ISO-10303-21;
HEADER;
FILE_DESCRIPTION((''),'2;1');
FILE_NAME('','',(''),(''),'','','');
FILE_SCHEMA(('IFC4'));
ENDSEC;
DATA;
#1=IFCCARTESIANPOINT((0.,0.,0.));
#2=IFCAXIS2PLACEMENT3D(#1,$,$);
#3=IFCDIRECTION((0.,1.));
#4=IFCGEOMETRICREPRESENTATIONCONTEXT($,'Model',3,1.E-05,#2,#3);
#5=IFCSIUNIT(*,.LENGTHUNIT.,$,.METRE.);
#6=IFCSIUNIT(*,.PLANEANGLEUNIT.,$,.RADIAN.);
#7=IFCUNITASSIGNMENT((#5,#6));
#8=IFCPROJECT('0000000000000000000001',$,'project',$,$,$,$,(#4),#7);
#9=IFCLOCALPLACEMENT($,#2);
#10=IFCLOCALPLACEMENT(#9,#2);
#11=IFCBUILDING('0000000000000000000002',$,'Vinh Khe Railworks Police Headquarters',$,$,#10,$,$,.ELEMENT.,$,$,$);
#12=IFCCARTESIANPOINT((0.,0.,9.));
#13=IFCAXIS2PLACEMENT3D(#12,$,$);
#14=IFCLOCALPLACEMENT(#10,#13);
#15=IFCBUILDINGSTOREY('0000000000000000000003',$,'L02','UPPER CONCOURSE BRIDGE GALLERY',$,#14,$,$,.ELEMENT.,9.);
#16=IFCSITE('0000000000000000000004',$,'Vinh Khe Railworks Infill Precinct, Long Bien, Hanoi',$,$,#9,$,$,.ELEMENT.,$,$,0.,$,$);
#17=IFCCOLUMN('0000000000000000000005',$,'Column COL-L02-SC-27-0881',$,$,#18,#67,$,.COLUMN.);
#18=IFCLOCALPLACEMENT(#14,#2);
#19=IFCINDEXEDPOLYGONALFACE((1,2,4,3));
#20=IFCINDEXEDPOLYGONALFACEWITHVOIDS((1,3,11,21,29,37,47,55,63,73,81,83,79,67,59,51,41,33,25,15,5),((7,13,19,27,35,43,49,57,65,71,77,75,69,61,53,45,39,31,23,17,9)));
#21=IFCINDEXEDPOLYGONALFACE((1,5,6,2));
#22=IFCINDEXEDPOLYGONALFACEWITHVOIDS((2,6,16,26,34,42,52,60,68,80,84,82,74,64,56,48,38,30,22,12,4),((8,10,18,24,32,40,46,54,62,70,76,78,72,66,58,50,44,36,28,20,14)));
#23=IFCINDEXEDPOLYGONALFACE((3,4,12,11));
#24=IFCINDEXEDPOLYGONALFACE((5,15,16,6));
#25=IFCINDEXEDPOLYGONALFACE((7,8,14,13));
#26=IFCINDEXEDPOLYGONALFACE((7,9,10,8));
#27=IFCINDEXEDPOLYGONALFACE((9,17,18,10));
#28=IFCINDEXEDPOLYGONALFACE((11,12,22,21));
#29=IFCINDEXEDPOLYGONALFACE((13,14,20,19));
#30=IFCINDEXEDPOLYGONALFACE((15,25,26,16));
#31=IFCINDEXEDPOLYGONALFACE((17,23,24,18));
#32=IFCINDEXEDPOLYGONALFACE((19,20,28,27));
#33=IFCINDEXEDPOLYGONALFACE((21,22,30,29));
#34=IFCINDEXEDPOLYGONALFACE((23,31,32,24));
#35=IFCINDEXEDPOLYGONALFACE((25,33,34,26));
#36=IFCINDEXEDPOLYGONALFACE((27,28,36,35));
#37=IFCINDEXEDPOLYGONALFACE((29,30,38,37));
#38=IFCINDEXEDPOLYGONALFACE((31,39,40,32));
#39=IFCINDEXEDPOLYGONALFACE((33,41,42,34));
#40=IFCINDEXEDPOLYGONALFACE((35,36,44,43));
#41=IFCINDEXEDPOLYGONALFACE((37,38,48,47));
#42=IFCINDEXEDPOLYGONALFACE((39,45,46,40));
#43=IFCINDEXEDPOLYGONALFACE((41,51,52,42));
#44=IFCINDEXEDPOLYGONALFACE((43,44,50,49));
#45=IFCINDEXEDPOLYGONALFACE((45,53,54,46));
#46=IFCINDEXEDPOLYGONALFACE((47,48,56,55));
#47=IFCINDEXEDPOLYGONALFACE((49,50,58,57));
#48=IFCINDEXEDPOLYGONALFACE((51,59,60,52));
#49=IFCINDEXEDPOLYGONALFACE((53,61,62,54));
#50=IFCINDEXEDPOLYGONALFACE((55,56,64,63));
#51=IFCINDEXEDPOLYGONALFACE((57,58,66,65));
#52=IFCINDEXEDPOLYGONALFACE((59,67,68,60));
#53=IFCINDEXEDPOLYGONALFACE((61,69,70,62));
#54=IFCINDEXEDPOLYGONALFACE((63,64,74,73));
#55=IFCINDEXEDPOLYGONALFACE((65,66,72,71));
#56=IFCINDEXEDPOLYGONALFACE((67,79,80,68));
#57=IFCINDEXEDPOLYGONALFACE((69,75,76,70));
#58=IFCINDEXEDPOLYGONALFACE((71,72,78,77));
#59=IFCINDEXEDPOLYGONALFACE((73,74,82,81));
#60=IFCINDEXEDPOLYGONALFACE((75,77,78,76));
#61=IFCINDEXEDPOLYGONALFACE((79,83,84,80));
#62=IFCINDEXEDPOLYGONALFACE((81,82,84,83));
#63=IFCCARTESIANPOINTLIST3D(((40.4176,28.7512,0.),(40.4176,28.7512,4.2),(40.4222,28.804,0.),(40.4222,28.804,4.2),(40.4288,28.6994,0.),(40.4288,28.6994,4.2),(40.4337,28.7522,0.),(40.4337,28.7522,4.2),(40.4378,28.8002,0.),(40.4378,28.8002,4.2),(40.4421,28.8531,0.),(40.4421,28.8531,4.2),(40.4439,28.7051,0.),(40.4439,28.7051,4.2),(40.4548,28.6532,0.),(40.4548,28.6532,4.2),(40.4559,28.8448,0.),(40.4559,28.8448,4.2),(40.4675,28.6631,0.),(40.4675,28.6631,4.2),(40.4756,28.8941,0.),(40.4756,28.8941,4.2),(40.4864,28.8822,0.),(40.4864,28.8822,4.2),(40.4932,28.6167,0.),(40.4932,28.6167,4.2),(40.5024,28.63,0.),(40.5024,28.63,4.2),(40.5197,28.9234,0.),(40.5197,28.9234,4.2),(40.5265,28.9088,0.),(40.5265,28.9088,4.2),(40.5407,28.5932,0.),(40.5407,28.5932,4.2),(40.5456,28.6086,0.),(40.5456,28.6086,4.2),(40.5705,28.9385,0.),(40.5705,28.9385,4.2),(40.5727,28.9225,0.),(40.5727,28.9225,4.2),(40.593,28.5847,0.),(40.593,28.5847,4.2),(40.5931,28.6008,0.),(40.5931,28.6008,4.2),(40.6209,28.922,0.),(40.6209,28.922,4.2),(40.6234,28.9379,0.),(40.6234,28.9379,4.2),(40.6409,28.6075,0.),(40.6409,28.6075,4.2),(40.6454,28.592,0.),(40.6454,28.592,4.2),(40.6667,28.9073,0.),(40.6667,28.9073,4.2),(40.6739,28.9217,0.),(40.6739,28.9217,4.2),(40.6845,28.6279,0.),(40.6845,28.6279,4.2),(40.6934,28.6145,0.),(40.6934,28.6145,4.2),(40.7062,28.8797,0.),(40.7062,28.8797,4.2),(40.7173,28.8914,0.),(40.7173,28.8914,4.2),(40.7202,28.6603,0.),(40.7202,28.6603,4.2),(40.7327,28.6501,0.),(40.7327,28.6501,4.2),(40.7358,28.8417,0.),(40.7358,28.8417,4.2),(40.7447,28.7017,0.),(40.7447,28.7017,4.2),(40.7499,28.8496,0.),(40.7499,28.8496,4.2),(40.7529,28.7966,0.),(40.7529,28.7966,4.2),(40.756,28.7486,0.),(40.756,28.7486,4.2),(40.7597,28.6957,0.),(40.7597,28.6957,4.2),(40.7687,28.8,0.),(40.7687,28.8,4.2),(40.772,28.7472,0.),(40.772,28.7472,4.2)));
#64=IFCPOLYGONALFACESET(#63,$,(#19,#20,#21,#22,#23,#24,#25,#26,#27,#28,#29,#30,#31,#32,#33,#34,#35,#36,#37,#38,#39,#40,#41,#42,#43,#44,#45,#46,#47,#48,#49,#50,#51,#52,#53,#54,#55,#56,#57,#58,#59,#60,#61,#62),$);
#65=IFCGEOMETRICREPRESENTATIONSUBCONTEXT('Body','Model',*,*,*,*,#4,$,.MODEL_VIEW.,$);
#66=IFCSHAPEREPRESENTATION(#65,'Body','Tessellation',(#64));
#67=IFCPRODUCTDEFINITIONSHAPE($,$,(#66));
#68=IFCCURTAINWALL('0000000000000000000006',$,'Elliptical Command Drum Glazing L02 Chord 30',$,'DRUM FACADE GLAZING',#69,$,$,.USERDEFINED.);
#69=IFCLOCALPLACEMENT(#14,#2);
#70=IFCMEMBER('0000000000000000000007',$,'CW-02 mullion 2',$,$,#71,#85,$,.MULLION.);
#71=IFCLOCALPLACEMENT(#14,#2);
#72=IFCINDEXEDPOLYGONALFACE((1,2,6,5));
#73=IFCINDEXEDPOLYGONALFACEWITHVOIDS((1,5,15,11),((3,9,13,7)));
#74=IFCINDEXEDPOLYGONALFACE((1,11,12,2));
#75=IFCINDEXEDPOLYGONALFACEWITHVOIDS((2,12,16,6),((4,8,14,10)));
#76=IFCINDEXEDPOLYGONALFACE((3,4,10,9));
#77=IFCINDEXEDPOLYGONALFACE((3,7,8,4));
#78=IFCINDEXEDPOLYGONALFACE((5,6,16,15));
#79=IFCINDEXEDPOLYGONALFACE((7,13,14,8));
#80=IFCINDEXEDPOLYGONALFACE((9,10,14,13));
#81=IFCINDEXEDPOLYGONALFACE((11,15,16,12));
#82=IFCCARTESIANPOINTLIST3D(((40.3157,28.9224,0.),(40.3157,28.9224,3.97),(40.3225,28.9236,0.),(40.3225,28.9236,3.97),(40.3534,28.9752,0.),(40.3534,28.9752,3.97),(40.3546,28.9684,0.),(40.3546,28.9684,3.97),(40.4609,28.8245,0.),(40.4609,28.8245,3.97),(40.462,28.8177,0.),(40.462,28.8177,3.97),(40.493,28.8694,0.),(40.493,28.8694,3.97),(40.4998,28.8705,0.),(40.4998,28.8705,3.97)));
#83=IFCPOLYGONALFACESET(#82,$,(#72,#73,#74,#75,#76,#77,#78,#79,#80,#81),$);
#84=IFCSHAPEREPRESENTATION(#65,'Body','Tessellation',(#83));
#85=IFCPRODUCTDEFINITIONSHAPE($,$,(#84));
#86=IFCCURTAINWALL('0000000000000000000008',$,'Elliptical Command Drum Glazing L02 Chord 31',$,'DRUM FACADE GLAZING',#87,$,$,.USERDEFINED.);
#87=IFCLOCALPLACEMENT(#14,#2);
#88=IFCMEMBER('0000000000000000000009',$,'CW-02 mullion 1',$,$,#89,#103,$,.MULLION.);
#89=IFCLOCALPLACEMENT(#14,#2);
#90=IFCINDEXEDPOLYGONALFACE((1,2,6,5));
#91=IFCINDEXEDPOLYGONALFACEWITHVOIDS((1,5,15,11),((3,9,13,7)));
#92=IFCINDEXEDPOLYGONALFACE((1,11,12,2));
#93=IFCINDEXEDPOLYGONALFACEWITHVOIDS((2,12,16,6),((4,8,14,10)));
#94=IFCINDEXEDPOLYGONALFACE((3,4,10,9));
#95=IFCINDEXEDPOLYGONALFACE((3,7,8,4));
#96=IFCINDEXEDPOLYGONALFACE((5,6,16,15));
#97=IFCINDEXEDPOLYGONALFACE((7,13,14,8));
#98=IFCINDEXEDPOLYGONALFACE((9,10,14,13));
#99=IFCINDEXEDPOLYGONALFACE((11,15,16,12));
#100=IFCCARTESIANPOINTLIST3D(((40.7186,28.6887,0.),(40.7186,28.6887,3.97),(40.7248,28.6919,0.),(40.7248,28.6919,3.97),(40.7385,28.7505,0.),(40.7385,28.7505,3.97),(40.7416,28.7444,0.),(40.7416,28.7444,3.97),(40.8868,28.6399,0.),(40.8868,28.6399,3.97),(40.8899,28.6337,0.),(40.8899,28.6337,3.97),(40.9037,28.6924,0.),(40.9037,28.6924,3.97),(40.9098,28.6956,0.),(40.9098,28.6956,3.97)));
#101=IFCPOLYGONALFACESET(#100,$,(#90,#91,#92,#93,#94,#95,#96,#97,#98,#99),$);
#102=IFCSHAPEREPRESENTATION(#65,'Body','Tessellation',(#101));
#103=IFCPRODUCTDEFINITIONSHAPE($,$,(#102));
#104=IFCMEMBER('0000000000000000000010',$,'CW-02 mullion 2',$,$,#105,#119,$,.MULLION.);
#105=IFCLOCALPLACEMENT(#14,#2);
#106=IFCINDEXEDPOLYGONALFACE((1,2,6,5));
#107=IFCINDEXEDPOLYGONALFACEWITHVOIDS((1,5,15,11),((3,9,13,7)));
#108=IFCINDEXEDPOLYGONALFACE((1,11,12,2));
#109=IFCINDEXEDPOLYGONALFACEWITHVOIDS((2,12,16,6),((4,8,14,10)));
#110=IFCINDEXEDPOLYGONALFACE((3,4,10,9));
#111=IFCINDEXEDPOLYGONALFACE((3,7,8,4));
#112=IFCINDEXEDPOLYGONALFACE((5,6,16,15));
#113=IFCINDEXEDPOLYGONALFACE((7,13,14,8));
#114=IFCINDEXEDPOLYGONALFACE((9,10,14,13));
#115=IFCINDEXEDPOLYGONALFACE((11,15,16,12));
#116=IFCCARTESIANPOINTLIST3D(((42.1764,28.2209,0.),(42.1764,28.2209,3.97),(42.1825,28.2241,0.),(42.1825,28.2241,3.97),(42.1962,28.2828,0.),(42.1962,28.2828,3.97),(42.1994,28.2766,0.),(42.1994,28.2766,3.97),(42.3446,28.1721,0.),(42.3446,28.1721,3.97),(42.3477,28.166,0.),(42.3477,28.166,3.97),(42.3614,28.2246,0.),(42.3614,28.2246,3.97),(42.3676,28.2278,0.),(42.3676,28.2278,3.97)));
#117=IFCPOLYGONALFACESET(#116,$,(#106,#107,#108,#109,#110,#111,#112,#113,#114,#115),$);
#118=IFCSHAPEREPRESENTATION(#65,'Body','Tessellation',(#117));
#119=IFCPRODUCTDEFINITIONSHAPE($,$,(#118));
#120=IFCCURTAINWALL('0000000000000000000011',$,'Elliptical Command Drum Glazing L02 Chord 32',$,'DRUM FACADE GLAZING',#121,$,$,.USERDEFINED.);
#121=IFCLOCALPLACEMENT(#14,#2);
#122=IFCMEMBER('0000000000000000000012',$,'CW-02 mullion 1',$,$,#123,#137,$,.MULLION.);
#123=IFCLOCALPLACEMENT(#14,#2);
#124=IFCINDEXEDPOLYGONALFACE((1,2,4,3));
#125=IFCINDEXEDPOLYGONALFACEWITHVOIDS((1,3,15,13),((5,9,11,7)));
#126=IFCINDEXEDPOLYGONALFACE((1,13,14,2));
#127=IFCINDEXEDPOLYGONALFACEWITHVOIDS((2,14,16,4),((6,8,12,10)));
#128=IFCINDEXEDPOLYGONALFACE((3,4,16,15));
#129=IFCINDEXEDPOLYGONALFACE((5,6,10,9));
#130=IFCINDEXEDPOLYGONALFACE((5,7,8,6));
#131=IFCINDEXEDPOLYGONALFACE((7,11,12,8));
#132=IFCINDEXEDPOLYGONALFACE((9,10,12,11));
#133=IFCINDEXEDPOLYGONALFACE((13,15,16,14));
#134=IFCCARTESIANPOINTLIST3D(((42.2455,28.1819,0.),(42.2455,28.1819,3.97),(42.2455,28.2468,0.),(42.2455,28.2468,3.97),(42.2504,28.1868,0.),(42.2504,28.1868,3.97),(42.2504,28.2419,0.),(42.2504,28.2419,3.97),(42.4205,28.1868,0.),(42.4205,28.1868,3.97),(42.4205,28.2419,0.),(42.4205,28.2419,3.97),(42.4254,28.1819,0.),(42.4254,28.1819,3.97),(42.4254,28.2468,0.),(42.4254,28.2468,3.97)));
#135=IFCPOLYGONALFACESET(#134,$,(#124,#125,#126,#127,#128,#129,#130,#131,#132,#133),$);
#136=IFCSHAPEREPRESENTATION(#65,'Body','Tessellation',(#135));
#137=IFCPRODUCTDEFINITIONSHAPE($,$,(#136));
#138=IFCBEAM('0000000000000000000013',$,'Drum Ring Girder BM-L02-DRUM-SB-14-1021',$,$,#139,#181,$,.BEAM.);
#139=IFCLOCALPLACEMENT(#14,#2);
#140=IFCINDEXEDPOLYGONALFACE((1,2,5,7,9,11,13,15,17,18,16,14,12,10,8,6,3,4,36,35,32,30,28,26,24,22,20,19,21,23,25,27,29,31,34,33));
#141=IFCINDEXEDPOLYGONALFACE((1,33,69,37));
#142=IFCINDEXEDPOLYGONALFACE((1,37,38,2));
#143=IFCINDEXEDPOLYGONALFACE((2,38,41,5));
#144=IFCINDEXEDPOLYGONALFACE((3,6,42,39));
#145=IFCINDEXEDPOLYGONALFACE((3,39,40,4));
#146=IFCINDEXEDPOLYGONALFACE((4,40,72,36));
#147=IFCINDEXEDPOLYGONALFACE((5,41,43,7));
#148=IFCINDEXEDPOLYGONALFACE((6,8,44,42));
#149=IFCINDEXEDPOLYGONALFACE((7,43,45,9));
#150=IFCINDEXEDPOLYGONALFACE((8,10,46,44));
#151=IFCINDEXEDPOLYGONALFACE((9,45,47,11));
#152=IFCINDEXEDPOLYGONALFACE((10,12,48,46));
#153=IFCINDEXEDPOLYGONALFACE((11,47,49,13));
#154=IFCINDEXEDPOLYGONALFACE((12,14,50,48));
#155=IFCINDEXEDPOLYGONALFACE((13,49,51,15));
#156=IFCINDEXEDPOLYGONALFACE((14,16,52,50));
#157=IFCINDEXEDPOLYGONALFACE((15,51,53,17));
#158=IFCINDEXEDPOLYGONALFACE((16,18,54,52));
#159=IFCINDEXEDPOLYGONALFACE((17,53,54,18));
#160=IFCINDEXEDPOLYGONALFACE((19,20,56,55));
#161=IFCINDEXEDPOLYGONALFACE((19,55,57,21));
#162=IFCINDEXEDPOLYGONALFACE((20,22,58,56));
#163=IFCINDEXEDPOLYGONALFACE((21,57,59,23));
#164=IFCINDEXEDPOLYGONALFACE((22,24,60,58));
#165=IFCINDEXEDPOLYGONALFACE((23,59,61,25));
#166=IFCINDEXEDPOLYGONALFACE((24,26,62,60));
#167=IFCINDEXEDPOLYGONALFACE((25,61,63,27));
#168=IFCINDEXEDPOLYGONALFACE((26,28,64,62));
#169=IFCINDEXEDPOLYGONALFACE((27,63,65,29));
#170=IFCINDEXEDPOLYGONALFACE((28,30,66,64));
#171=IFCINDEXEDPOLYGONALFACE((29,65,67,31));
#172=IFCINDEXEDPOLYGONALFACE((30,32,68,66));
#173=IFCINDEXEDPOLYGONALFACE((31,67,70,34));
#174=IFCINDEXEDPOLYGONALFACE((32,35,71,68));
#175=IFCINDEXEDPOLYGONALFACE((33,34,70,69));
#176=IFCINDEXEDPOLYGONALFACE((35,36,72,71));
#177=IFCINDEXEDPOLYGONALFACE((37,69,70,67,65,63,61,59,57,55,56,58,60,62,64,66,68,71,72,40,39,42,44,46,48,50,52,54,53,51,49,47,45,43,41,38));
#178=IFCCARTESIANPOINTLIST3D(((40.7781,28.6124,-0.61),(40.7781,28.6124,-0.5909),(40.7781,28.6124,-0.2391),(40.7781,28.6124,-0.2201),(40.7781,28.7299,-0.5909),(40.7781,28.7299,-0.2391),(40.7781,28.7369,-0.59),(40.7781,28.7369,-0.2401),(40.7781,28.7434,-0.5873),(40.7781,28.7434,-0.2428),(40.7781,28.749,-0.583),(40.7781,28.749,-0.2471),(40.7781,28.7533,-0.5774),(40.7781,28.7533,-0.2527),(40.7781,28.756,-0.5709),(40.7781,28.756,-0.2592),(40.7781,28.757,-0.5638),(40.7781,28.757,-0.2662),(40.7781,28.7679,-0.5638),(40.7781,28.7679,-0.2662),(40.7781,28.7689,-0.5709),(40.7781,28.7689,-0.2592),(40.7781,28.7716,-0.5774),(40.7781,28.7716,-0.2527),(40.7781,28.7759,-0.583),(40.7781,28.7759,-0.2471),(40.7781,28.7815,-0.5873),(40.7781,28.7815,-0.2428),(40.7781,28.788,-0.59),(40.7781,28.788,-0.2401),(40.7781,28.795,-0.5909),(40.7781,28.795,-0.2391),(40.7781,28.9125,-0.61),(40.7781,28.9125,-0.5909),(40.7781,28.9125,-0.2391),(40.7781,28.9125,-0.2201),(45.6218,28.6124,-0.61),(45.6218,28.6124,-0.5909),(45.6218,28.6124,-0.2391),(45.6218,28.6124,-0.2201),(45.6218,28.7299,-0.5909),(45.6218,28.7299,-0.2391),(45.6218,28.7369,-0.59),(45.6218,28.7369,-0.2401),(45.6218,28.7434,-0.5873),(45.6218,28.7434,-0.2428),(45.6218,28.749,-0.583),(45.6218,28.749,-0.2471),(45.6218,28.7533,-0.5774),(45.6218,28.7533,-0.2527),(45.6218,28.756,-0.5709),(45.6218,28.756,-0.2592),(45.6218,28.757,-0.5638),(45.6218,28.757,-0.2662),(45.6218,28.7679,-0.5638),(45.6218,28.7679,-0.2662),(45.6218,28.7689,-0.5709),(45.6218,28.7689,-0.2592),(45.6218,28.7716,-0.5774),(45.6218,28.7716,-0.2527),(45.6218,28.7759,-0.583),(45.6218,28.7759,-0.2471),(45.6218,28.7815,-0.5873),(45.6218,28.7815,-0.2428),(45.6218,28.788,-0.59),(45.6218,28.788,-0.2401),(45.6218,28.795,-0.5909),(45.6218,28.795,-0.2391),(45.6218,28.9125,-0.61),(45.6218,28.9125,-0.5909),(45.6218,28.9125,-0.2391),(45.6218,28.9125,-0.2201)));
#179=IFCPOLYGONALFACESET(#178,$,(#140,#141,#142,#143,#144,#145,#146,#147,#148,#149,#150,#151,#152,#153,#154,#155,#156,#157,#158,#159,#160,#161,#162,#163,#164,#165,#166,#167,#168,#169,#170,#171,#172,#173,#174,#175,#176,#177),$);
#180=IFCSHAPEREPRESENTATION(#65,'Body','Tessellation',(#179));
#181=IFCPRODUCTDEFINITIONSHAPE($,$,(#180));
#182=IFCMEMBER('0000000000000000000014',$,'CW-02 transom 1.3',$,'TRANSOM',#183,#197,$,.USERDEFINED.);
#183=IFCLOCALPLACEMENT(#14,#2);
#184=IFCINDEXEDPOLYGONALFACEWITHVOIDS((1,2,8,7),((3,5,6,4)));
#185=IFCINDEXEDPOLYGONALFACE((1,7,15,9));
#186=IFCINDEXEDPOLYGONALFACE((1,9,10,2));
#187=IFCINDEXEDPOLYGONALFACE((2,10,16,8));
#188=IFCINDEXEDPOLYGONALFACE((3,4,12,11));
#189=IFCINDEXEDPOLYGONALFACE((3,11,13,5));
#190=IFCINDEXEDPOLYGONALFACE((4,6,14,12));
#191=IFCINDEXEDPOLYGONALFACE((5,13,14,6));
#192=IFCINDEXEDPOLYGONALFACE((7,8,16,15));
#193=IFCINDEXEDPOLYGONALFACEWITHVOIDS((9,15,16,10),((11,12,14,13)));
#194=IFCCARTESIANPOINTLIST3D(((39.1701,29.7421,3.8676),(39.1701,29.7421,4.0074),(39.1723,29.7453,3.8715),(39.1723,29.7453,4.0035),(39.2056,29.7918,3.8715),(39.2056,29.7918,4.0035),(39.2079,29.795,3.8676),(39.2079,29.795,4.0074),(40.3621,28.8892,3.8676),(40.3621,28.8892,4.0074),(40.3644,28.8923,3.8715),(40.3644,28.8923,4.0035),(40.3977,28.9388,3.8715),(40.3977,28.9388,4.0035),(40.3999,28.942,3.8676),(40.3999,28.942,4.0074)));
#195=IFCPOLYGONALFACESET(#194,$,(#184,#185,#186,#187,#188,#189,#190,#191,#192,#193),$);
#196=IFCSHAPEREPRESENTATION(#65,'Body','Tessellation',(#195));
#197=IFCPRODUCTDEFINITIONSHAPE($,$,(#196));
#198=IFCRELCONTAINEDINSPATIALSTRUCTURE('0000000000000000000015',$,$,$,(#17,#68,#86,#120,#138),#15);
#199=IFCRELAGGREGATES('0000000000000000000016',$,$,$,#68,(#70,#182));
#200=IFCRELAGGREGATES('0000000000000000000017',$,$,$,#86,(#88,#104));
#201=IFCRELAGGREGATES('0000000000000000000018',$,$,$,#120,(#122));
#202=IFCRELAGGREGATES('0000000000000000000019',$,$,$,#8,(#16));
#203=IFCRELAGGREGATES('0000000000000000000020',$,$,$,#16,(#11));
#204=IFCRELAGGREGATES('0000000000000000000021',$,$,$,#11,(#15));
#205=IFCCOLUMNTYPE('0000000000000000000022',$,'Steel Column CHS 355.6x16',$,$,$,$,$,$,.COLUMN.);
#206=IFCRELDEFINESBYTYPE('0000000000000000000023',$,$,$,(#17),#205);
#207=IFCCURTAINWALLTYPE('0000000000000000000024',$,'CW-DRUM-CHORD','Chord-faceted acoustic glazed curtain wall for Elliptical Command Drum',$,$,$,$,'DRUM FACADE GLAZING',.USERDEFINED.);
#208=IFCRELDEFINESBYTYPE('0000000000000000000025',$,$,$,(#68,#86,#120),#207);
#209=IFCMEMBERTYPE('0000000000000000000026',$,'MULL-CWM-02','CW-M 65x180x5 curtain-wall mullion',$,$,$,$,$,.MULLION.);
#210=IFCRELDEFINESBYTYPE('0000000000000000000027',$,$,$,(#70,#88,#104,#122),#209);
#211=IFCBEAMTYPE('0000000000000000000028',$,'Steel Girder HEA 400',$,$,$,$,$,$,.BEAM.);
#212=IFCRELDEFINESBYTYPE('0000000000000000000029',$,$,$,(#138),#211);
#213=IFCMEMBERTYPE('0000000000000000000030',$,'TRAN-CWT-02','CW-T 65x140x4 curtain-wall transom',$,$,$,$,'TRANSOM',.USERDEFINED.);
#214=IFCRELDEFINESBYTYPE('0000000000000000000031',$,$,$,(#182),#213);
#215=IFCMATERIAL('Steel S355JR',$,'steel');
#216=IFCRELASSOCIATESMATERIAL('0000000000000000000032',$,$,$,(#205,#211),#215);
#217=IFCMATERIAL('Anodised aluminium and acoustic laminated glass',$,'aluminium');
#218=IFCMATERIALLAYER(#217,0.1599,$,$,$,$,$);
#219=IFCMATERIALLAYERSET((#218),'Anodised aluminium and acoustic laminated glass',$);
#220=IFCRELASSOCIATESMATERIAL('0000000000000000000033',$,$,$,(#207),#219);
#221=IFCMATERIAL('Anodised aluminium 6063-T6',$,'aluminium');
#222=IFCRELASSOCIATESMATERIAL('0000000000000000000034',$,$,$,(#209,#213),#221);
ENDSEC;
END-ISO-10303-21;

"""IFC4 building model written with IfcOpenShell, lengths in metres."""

from ifc_helpers import new_model, si_unit, direction, frame, origin, origin_2d, place, context, subcontext, project, spatial, hollow_rectangle, hollow_circle, i_section, extrude, material, layer, layer_set, material_profile, profile_set, type_object, element, aggregate, save


model = new_model("IFC4")

# Units and contexts
model_context = context("Model", 3, precision=1e-05, world=origin(), true_north=direction((0.0, 1.0)))
body_context = subcontext(model_context, "Body", "Model", "MODEL_VIEW")
ifc_project = project(units=[si_unit("LENGTHUNIT", "METRE"), si_unit("PLANEANGLEUNIT", "RADIAN")], contexts=[model_context])

# Site, building, storey
site_placement = place(None, origin())
site = spatial("IfcSite", under=ifc_project, at=site_placement, Name="Vinh Khe Railworks Infill Precinct, Long Bien, Hanoi", CompositionType="ELEMENT", RefElevation=0.0)
building_placement = place(site_placement, origin())
building = spatial("IfcBuilding", under=site, at=building_placement, Name="Vinh Khe Railworks Police Headquarters", CompositionType="ELEMENT")
storey_placement = place(building_placement, frame((0.0, 0.0, 9.0)))
storey = spatial("IfcBuildingStorey", under=building, at=storey_placement, Name="L02", Description="UPPER CONCOURSE BRIDGE GALLERY", CompositionType="ELEMENT", Elevation=9.0)

# Column
ifc_material_1 = material(Name="Steel S355JR", Category="steel")
ifc_material_profile_1 = material_profile(ifc_material_1, hollow_circle(Radius=0.1777, WallThickness=0.0161, at=origin_2d()), Name="CHS 355.6x16")
ifc_profile_set_1 = profile_set([ifc_material_profile_1], Name="Steel S355JR")
column_type = type_object("IfcColumnType", Name="Steel Column CHS 355.6x16", PredefinedType="COLUMN", material=ifc_profile_set_1)
column_placement = place(storey_placement, frame((40.595, 28.7625, 0.0), z_axis=(0.0, 0.0, 1.0), x_axis=(-0.305529, -0.952183, 0.0)))
element("IfcColumn", 1, at=column_placement, inside=storey, type_object=column_type, Name="Column COL-L02-SC-27-0881", PredefinedType="COLUMN", context=body_context, shape_type="SweptSolid", body=[
    extrude(hollow_circle(Radius=0.1777, WallThickness=0.0161, at=origin_2d()), origin(), (0.0, 0.0, 1.0), 4.2),
])

# Curtain wall, member
ifc_material_2 = material(Name="Anodised aluminium and acoustic laminated glass", Category="aluminium")
ifc_layer_1 = layer(ifc_material_2, 0.1599)
ifc_layer_set_1 = layer_set([ifc_layer_1], Name="Anodised aluminium and acoustic laminated glass")
curtain_wall_type = type_object("IfcCurtainWallType", Name="CW-DRUM-CHORD", Description="Chord-faceted acoustic glazed curtain wall for Elliptical Command Drum", ElementType="DRUM FACADE GLAZING", PredefinedType="USERDEFINED", material=ifc_layer_set_1)
curtain_wall_1_placement = place(storey_placement, origin())
curtain_wall_1 = element("IfcCurtainWall", 2, at=curtain_wall_1_placement, inside=storey, type_object=curtain_wall_type, Name="Elliptical Command Drum Glazing L02 Chord 30", ObjectType="DRUM FACADE GLAZING", PredefinedType="USERDEFINED")
ifc_material_3 = material(Name="Anodised aluminium 6063-T6", Category="aluminium")
ifc_material_profile_2 = material_profile(ifc_material_3, hollow_rectangle(XDim=0.0649, YDim=0.1799, WallThickness=0.0049, at=origin_2d()), Name="CW-M 65x180x5")
ifc_profile_set_2 = profile_set([ifc_material_profile_2], Name="Anodised aluminium 6063-T6")
member_type_1 = type_object("IfcMemberType", Name="MULL-CWM-02", Description="CW-M 65x180x5 curtain-wall mullion", PredefinedType="MULLION", material=ifc_profile_set_2)
member_1_placement = place(storey_placement, frame((40.4077, 28.8965, 0.0), z_axis=(0.0, 0.0, 1.0), x_axis=(0.581915, 0.813249, 0.0)))
member_1 = element("IfcMember", 3, at=member_1_placement, type_object=member_type_1, Name="CW-02 mullion 2", PredefinedType="MULLION", context=body_context, shape_type="SweptSolid", body=[
    extrude(hollow_rectangle(XDim=0.0649, YDim=0.1799, WallThickness=0.0049, at=origin_2d()), origin(), (0.0, 0.0, 1.0), 3.97),
])

# Curtain wall, members
curtain_wall_2_placement = place(storey_placement, origin())
curtain_wall_2 = element("IfcCurtainWall", 4, at=curtain_wall_2_placement, inside=storey, type_object=curtain_wall_type, Name="Elliptical Command Drum Glazing L02 Chord 31", ObjectType="DRUM FACADE GLAZING", PredefinedType="USERDEFINED")
member_2_placement = place(storey_placement, frame((40.8142, 28.6921, 0.0), z_axis=(0.0, 0.0, 1.0), x_axis=(0.305575, 0.952168, 0.0)))
member_2 = element("IfcMember", 5, at=member_2_placement, type_object=member_type_1, Name="CW-02 mullion 1", PredefinedType="MULLION", context=body_context, shape_type="SweptSolid", body=[
    extrude(hollow_rectangle(XDim=0.0649, YDim=0.1799, WallThickness=0.0049, at=origin_2d()), origin(), (0.0, 0.0, 1.0), 3.97),
])
member_3_placement = place(storey_placement, frame((42.272, 28.2244, 0.0), z_axis=(0.0, 0.0, 1.0), x_axis=(0.305575, 0.952168, 0.0)))
member_3 = element("IfcMember", 6, at=member_3_placement, type_object=member_type_1, Name="CW-02 mullion 2", PredefinedType="MULLION", context=body_context, shape_type="SweptSolid", body=[
    extrude(hollow_rectangle(XDim=0.0649, YDim=0.1799, WallThickness=0.0049, at=origin_2d()), origin(), (0.0, 0.0, 1.0), 3.97),
])

# Curtain wall, member
curtain_wall_3_placement = place(storey_placement, origin())
curtain_wall_3 = element("IfcCurtainWall", 7, at=curtain_wall_3_placement, inside=storey, type_object=curtain_wall_type, Name="Elliptical Command Drum Glazing L02 Chord 32", ObjectType="DRUM FACADE GLAZING", PredefinedType="USERDEFINED")
member_4_placement = place(storey_placement, frame((42.3354, 28.2144, 0.0), z_axis=(0.0, 0.0, 1.0), x_axis=(0.0, 1.0, 0.0)))
member_4 = element("IfcMember", 8, at=member_4_placement, type_object=member_type_1, Name="CW-02 mullion 1", PredefinedType="MULLION", context=body_context, shape_type="SweptSolid", body=[
    extrude(hollow_rectangle(XDim=0.0649, YDim=0.1799, WallThickness=0.0049, at=origin_2d()), origin(), (0.0, 0.0, 1.0), 3.97),
])

# Beam
ifc_material_profile_3 = material_profile(ifc_material_1, i_section(OverallWidth=0.3, OverallDepth=0.3899, WebThickness=0.011, FlangeThickness=0.019, FilletRadius=0.0271, at=origin_2d()), Name="HEA 400")
ifc_profile_set_3 = profile_set([ifc_material_profile_3], Name="Steel S355JR")
beam_type = type_object("IfcBeamType", Name="Steel Girder HEA 400", PredefinedType="BEAM", material=ifc_profile_set_3)
beam_placement = place(storey_placement, frame((40.7781, 28.7625, -0.415), z_axis=(1.0, 0.0, 0.0), x_axis=(0.0, 1.0, 0.0)))
element("IfcBeam", 9, at=beam_placement, inside=storey, type_object=beam_type, Name="Drum Ring Girder BM-L02-DRUM-SB-14-1021", PredefinedType="BEAM", context=body_context, shape_type="SweptSolid", body=[
    extrude(i_section(OverallWidth=0.3, OverallDepth=0.3899, WebThickness=0.011, FlangeThickness=0.019, FilletRadius=0.0271, at=origin_2d()), origin(), (0.0, 0.0, 1.0), 4.8438),
])

# Member
ifc_material_profile_4 = material_profile(ifc_material_3, hollow_rectangle(XDim=0.0649, YDim=0.1399, WallThickness=0.0039, at=origin_2d()), Name="CW-T 65x140x4")
ifc_profile_set_4 = profile_set([ifc_material_profile_4], Name="Anodised aluminium 6063-T6")
member_type_2 = type_object("IfcMemberType", Name="TRAN-CWT-02", Description="CW-T 65x140x4 curtain-wall transom", ElementType="TRANSOM", PredefinedType="USERDEFINED", material=ifc_profile_set_4)
member_5_placement = place(storey_placement, frame((39.189, 29.7686, 3.9375), z_axis=(0.813249, -0.581915, 0.0), x_axis=(0.581915, 0.813249, 0.0)))
member_5 = element("IfcMember", 10, at=member_5_placement, type_object=member_type_2, Name="CW-02 transom 1.3", ObjectType="TRANSOM", PredefinedType="USERDEFINED", context=body_context, shape_type="SweptSolid", body=[
    extrude(hollow_rectangle(XDim=0.0649, YDim=0.1399, WallThickness=0.0039, at=origin_2d()), origin(), (0.0, 0.0, 1.0), 1.4658),
])

aggregate(curtain_wall_1, [member_1, member_5])
aggregate(curtain_wall_2, [member_2, member_3])
aggregate(curtain_wall_3, [member_4])

save(model, "model.ifc")
